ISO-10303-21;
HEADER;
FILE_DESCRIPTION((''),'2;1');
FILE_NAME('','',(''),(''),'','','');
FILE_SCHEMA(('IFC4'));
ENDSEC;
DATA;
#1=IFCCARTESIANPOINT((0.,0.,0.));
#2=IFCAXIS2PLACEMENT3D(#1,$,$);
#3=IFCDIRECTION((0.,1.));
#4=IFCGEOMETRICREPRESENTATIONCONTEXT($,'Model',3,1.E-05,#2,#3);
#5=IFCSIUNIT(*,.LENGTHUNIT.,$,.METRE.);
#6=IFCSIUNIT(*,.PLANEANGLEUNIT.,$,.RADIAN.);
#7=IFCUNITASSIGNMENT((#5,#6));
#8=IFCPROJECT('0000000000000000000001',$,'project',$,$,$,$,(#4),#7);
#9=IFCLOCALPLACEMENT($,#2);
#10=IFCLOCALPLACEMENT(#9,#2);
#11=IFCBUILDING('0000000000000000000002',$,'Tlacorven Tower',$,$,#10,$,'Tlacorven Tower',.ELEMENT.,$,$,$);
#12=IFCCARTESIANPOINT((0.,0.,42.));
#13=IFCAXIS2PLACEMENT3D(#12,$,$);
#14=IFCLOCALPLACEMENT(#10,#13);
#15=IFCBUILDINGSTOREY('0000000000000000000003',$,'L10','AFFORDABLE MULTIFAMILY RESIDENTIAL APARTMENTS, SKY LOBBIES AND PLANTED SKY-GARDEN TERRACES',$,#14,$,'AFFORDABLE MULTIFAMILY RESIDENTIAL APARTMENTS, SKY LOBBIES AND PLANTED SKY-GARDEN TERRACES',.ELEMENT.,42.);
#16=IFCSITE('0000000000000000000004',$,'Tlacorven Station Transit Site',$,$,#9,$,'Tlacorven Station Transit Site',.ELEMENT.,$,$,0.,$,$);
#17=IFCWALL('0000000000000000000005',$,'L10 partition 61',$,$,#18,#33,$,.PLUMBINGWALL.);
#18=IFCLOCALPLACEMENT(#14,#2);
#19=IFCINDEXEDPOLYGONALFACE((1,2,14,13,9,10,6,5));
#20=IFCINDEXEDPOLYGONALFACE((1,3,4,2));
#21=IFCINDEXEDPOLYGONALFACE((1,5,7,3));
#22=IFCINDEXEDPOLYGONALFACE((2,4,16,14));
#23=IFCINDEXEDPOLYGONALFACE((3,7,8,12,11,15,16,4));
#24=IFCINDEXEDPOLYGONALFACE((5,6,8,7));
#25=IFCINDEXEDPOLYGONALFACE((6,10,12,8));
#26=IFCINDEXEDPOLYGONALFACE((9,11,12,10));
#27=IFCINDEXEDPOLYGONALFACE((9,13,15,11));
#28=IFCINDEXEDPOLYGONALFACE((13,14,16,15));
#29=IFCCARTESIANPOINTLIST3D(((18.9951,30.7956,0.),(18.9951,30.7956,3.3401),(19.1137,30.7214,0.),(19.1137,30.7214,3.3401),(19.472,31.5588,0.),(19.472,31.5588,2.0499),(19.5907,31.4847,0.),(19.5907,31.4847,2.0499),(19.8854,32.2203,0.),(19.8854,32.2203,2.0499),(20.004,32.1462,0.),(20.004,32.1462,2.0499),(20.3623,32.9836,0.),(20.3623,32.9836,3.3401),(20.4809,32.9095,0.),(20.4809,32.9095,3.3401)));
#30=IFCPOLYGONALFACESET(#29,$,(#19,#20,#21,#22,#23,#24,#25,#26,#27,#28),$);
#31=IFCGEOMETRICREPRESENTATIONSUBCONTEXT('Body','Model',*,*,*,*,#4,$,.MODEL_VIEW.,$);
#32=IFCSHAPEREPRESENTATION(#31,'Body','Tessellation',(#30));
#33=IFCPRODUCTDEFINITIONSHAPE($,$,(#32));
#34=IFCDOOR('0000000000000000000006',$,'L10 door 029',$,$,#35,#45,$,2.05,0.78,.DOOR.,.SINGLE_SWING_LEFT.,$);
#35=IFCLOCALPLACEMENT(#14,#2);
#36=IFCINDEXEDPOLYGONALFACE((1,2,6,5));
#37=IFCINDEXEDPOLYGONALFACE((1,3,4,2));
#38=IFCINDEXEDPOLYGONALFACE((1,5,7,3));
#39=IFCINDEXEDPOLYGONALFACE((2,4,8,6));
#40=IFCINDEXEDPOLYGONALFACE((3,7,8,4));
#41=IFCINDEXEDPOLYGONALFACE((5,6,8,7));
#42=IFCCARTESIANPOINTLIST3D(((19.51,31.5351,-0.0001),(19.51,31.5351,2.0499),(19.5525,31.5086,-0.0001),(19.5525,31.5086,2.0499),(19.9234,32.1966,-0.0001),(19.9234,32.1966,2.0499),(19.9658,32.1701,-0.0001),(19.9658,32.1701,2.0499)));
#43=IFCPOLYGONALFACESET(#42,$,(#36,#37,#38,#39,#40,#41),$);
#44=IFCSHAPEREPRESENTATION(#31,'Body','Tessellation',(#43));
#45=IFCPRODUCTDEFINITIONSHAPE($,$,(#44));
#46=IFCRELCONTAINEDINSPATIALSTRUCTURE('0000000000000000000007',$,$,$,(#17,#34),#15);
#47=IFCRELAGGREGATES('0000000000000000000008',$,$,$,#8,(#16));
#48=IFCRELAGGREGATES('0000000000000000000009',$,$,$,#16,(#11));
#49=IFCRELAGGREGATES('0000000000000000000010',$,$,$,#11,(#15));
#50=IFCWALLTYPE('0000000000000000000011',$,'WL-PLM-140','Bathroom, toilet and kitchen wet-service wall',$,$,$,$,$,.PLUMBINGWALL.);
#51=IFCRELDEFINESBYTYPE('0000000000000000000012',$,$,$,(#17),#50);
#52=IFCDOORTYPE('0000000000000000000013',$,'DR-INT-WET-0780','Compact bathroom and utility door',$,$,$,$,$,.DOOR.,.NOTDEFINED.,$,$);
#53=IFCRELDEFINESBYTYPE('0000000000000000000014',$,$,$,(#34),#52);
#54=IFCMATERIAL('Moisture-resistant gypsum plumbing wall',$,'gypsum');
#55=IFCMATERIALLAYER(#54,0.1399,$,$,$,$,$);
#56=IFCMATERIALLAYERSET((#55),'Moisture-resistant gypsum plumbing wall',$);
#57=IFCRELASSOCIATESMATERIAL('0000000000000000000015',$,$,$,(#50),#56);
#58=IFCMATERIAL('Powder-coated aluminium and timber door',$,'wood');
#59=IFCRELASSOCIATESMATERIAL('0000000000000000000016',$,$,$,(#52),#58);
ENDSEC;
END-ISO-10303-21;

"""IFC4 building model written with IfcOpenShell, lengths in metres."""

from ifc_helpers import new_model, si_unit, direction, frame, frame_2d, origin, place, context, subcontext, project, spatial, rectangle, extrude, source, transform, mapped, material, layer, layer_set, type_object, element, fill, save


model = new_model("IFC4")

# Units and contexts
model_context = context("Model", 3, precision=1e-05, world=origin(), true_north=direction((0.0, 1.0)))
body_context = subcontext(model_context, "Body", "Model", "MODEL_VIEW")
ifc_project = project(units=[si_unit("LENGTHUNIT", "METRE"), si_unit("PLANEANGLEUNIT", "RADIAN")], contexts=[model_context])

# Site, building, storey
site_placement = place(None, origin())
site = spatial("IfcSite", under=ifc_project, at=site_placement, Name="Tlacorven Station Transit Site", LongName="Tlacorven Station Transit Site", CompositionType="ELEMENT", RefElevation=0.0)
building_placement = place(site_placement, origin())
building = spatial("IfcBuilding", under=site, at=building_placement, Name="Tlacorven Tower", LongName="Tlacorven Tower", CompositionType="ELEMENT")
storey_placement = place(building_placement, frame((0.0, 0.0, 42.0)))
storey = spatial("IfcBuildingStorey", under=building, at=storey_placement, Name="L10", Description="AFFORDABLE MULTIFAMILY RESIDENTIAL APARTMENTS, SKY LOBBIES AND PLANTED SKY-GARDEN TERRACES", LongName="AFFORDABLE MULTIFAMILY RESIDENTIAL APARTMENTS, SKY LOBBIES AND PLANTED SKY-GARDEN TERRACES", CompositionType="ELEMENT", Elevation=42.0)

# Wall, opening, door
ifc_material_1 = material(Name="Moisture-resistant gypsum plumbing wall", Category="gypsum")
ifc_layer_1 = layer(ifc_material_1, 0.1399)
ifc_layer_set_1 = layer_set([ifc_layer_1], Name="Moisture-resistant gypsum plumbing wall")
wall_type_1 = type_object("IfcWallType", Name="WL-PLM-140", Description="Bathroom, toilet and kitchen wet-service wall", PredefinedType="PLUMBINGWALL", material=ifc_layer_set_1)
ifc_material_2 = material(Name="Powder-coated aluminium and timber door", Category="wood")
door_type_1 = type_object("IfcDoorType", Name="DR-INT-WET-0780", Description="Compact bathroom and utility door", OperationType="NOTDEFINED", PredefinedType="DOOR", material=ifc_material_2)
shared_shape_1 = source(origin(), body_context, "Body", "SweptSolid", [
    extrude(rectangle(XDim=0.78, YDim=2.05, at=frame_2d((0.3901, 1.0249))), frame((0.0, 0.0249, 0.0), z_axis=(0.0, -1.0, 0.0), x_axis=(1.0, 0.0, 0.0)), (0.0, 0.0, 1.0), 0.05),
])
wall_1_placement = place(storey_placement, frame((20.4216, 32.9465, 0.0), z_axis=(0.0, 0.0, 1.0), x_axis=(-0.529914, -0.848051, 0.0)))
wall_1 = element("IfcWall", 1, at=wall_1_placement, inside=storey, type_object=wall_type_1, Name="L10 partition 61", PredefinedType="PLUMBINGWALL", context=body_context, shape_type="SweptSolid", body=[
    extrude(rectangle(XDim=2.5801, YDim=0.1399, at=frame_2d((1.29, 0.0))), origin(), (0.0, 0.0, 1.0), 3.3401),
])
opening_1_placement = place(wall_1_placement, frame((0.8999, 0.0, 0.0)))
opening_1 = element("IfcOpeningElement", 2, at=opening_1_placement, cuts=wall_1, PredefinedType="OPENING", context=body_context, shape_type="SweptSolid", body=[
    extrude(rectangle(XDim=0.78, YDim=2.05, at=frame_2d((0.3901, 1.0249))), frame((0.0, 0.0801, 0.0), z_axis=(0.0, -1.0, 0.0), x_axis=(1.0, 0.0, 0.0)), (0.0, 0.0, 1.0), 0.1599),
])
door_1_placement = place(opening_1_placement, origin())
door_1 = element("IfcDoor", 3, at=door_1_placement, inside=storey, type_object=door_type_1, Name="L10 door 029", OperationType="SINGLE_SWING_LEFT", OverallHeight=2.05, OverallWidth=0.78, PredefinedType="DOOR", context=body_context, shape_type="MappedRepresentation", body=[
    mapped(shared_shape_1, transform((0.0, 0.0, 0.0), scale=1.0)),
])
fill(opening_1, door_1)

save(model, "model.ifc")
